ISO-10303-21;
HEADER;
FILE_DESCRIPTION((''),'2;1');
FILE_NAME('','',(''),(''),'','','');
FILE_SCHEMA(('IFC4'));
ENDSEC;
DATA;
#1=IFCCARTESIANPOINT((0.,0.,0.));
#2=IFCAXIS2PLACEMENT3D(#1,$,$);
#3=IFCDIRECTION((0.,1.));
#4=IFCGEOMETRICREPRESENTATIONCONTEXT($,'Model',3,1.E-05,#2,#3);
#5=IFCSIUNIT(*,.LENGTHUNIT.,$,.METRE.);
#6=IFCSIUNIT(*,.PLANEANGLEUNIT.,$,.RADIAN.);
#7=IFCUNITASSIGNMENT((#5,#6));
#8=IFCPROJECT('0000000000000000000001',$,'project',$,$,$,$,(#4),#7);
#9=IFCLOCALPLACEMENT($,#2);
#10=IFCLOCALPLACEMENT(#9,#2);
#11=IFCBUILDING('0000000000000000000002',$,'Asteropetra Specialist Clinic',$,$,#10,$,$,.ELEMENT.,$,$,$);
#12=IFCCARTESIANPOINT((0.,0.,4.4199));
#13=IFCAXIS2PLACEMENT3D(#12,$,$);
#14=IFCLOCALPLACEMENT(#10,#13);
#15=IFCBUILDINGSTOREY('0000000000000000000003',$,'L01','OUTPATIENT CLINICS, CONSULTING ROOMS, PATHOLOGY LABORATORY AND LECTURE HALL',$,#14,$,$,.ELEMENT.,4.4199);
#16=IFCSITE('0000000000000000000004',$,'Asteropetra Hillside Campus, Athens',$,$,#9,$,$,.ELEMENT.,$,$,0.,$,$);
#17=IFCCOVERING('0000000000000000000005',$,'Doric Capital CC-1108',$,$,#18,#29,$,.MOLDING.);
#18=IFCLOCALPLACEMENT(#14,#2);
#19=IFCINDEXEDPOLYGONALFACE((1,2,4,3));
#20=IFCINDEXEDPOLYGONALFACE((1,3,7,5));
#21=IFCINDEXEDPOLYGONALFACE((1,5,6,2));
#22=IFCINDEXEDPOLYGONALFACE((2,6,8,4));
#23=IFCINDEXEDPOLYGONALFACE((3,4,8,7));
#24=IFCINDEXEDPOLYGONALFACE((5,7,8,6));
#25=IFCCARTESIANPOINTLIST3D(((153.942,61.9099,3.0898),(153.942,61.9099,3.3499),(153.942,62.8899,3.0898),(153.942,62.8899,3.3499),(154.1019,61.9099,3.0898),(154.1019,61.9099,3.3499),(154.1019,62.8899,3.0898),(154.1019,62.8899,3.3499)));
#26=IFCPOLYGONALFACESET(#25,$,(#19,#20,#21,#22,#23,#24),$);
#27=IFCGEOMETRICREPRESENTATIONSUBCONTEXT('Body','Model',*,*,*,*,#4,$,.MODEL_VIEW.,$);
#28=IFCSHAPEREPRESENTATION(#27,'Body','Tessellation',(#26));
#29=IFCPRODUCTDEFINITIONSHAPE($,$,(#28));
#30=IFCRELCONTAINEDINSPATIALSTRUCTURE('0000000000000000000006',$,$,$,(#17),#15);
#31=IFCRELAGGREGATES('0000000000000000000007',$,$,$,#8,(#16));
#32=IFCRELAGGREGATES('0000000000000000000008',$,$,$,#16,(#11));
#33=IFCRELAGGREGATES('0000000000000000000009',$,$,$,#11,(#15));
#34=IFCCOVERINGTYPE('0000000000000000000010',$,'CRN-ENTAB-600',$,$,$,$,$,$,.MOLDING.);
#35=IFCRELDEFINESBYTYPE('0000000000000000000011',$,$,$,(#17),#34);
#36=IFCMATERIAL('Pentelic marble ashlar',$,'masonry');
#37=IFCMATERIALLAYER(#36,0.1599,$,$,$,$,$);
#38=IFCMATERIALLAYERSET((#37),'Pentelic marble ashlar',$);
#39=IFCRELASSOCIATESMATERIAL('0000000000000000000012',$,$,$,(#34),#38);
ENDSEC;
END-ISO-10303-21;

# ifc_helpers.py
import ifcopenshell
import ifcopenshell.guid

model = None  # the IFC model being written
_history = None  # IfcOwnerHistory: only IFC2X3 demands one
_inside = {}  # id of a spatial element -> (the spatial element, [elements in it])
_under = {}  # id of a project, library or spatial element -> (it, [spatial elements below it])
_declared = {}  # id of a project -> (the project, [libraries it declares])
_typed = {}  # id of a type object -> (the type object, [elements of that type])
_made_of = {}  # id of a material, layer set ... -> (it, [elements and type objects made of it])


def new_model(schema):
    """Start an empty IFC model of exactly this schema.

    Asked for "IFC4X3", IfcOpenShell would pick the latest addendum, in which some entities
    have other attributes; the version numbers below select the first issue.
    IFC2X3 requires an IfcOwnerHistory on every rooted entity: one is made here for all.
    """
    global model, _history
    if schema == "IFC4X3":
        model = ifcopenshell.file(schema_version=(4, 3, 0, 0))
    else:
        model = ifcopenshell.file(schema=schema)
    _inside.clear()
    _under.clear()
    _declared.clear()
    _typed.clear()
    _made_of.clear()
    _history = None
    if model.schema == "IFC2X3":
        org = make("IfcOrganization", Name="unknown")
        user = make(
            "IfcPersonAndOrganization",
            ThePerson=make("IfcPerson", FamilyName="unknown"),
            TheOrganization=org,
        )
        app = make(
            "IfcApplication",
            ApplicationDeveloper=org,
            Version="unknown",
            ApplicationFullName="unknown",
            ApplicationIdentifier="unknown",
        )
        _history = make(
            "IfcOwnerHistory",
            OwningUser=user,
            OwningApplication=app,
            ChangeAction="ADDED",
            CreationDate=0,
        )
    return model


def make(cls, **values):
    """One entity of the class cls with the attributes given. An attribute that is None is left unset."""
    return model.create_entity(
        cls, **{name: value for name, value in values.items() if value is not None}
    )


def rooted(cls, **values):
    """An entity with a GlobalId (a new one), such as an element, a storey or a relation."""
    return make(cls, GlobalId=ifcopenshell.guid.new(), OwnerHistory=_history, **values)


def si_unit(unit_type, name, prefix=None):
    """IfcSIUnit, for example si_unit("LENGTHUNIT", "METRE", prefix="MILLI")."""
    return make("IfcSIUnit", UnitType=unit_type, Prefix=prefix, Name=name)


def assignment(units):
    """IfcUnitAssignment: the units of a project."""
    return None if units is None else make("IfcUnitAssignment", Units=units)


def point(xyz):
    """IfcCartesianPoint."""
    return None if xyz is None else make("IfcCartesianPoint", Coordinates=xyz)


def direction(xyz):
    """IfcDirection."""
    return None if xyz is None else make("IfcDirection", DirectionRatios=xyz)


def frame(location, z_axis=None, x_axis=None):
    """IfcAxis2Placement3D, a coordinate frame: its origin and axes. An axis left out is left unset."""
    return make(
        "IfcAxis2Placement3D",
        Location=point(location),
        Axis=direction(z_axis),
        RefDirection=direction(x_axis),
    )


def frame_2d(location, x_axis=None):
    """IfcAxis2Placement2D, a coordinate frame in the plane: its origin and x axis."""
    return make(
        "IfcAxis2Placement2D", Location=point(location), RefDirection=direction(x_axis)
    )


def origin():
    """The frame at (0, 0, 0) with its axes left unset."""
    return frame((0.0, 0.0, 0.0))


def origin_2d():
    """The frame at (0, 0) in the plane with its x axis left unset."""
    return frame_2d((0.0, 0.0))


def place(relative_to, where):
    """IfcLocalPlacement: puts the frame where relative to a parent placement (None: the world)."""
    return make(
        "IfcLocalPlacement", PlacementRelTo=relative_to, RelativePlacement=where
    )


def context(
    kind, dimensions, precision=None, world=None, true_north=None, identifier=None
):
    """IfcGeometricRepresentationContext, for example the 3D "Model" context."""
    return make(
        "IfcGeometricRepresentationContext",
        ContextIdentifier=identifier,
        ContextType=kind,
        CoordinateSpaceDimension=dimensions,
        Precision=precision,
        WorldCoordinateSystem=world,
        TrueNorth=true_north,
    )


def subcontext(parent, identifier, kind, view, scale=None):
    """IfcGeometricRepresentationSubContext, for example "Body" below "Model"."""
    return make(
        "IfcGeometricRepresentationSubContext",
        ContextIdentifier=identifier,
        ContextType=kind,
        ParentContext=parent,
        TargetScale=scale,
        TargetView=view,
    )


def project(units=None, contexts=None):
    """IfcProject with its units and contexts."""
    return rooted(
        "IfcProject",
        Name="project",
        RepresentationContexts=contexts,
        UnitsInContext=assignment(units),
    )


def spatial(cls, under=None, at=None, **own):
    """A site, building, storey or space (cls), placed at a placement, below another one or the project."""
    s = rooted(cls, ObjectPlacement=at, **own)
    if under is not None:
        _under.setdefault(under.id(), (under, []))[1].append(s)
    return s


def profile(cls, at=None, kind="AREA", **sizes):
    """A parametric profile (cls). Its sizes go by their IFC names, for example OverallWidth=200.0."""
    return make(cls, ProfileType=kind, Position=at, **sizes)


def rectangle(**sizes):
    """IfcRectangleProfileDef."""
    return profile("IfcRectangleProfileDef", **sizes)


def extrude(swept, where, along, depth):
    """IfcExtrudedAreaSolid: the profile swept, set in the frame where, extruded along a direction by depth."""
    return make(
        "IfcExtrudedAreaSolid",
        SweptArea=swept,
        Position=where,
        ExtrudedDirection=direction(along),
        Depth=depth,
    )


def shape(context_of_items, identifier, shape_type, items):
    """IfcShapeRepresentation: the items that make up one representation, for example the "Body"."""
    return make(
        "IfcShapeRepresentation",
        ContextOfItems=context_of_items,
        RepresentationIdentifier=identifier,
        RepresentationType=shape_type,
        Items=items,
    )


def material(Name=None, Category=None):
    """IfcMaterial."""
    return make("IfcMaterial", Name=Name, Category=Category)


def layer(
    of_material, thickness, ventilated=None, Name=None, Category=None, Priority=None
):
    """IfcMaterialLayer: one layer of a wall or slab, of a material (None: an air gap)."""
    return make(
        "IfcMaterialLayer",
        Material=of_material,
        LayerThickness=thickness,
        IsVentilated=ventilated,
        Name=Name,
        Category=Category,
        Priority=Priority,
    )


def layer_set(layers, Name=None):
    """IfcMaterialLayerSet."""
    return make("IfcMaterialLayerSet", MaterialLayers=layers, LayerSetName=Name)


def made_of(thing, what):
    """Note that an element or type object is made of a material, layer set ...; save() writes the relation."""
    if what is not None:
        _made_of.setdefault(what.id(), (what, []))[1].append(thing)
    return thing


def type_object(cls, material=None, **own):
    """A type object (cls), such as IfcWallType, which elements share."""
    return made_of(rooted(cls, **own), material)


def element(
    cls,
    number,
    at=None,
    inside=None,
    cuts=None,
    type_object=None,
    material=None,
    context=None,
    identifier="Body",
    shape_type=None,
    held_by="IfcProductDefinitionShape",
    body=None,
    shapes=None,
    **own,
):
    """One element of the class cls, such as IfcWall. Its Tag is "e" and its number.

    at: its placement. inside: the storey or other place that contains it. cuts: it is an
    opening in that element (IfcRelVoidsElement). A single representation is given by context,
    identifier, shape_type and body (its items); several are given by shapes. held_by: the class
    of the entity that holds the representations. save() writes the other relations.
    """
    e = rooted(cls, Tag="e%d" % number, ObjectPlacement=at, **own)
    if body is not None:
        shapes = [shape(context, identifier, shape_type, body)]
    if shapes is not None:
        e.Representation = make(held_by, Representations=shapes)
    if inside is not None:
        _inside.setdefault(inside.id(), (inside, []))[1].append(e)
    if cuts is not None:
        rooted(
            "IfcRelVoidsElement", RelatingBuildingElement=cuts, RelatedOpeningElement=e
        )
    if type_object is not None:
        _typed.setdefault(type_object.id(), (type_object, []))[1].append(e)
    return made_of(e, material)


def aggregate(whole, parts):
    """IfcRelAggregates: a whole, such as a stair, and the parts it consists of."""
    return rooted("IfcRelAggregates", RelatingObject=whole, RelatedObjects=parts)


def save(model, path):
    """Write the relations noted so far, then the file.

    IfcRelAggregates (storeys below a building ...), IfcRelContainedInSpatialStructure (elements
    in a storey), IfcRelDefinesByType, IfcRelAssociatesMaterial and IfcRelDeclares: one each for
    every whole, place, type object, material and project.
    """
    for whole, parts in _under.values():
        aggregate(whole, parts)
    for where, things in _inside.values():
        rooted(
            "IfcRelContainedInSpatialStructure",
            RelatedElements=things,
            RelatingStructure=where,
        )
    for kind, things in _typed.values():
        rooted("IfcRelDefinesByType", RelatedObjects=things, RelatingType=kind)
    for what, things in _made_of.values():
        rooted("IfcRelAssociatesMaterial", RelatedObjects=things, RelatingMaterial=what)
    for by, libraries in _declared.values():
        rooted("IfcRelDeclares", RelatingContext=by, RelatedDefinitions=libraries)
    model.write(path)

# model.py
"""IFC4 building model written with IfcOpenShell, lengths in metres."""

from ifc_helpers import new_model, si_unit, direction, frame, origin, origin_2d, place, context, subcontext, project, spatial, rectangle, extrude, material, layer, layer_set, type_object, element, save


model = new_model("IFC4")

# Units and contexts
model_context = context("Model", 3, precision=1e-05, world=origin(), true_north=direction((0.0, 1.0)))
body_context = subcontext(model_context, "Body", "Model", "MODEL_VIEW")
ifc_project = project(units=[si_unit("LENGTHUNIT", "METRE"), si_unit("PLANEANGLEUNIT", "RADIAN")], contexts=[model_context])

# Site, building, storey
site_placement = place(None, origin())
site = spatial("IfcSite", under=ifc_project, at=site_placement, Name="Asteropetra Hillside Campus, Athens", CompositionType="ELEMENT", RefElevation=0.0)
building_placement = place(site_placement, origin())
building = spatial("IfcBuilding", under=site, at=building_placement, Name="Asteropetra Specialist Clinic", CompositionType="ELEMENT")
storey_placement = place(building_placement, frame((0.0, 0.0, 4.4199)))
storey = spatial("IfcBuildingStorey", under=building, at=storey_placement, Name="L01", Description="OUTPATIENT CLINICS, CONSULTING ROOMS, PATHOLOGY LABORATORY AND LECTURE HALL", CompositionType="ELEMENT", Elevation=4.4199)

# Covering
ifc_material_1 = material(Name="Pentelic marble ashlar", Category="masonry")
ifc_layer_1 = layer(ifc_material_1, 0.1599)
ifc_layer_set_1 = layer_set([ifc_layer_1], Name="Pentelic marble ashlar")
covering_type_1 = type_object("IfcCoveringType", Name="CRN-ENTAB-600", PredefinedType="MOLDING", material=ifc_layer_set_1)
for number, where, z_axis, x_axis, name in (
    (1, (154.022, 62.3999, 3.0898), (0.0, 0.0, 1.0), (1.0, 0.0, 0.0), "Doric Capital CC-1108"),
):
    element("IfcCovering", number, at=place(storey_placement, frame(where, z_axis=z_axis, x_axis=x_axis)), inside=storey, type_object=covering_type_1, Name=name, PredefinedType="MOLDING", context=body_context, shape_type="SweptSolid", body=[
        extrude(rectangle(XDim=0.1599, YDim=0.98, at=origin_2d()), origin(), (0.0, 0.0, 1.0), 0.26),
    ])

save(model, "model.ifc")
